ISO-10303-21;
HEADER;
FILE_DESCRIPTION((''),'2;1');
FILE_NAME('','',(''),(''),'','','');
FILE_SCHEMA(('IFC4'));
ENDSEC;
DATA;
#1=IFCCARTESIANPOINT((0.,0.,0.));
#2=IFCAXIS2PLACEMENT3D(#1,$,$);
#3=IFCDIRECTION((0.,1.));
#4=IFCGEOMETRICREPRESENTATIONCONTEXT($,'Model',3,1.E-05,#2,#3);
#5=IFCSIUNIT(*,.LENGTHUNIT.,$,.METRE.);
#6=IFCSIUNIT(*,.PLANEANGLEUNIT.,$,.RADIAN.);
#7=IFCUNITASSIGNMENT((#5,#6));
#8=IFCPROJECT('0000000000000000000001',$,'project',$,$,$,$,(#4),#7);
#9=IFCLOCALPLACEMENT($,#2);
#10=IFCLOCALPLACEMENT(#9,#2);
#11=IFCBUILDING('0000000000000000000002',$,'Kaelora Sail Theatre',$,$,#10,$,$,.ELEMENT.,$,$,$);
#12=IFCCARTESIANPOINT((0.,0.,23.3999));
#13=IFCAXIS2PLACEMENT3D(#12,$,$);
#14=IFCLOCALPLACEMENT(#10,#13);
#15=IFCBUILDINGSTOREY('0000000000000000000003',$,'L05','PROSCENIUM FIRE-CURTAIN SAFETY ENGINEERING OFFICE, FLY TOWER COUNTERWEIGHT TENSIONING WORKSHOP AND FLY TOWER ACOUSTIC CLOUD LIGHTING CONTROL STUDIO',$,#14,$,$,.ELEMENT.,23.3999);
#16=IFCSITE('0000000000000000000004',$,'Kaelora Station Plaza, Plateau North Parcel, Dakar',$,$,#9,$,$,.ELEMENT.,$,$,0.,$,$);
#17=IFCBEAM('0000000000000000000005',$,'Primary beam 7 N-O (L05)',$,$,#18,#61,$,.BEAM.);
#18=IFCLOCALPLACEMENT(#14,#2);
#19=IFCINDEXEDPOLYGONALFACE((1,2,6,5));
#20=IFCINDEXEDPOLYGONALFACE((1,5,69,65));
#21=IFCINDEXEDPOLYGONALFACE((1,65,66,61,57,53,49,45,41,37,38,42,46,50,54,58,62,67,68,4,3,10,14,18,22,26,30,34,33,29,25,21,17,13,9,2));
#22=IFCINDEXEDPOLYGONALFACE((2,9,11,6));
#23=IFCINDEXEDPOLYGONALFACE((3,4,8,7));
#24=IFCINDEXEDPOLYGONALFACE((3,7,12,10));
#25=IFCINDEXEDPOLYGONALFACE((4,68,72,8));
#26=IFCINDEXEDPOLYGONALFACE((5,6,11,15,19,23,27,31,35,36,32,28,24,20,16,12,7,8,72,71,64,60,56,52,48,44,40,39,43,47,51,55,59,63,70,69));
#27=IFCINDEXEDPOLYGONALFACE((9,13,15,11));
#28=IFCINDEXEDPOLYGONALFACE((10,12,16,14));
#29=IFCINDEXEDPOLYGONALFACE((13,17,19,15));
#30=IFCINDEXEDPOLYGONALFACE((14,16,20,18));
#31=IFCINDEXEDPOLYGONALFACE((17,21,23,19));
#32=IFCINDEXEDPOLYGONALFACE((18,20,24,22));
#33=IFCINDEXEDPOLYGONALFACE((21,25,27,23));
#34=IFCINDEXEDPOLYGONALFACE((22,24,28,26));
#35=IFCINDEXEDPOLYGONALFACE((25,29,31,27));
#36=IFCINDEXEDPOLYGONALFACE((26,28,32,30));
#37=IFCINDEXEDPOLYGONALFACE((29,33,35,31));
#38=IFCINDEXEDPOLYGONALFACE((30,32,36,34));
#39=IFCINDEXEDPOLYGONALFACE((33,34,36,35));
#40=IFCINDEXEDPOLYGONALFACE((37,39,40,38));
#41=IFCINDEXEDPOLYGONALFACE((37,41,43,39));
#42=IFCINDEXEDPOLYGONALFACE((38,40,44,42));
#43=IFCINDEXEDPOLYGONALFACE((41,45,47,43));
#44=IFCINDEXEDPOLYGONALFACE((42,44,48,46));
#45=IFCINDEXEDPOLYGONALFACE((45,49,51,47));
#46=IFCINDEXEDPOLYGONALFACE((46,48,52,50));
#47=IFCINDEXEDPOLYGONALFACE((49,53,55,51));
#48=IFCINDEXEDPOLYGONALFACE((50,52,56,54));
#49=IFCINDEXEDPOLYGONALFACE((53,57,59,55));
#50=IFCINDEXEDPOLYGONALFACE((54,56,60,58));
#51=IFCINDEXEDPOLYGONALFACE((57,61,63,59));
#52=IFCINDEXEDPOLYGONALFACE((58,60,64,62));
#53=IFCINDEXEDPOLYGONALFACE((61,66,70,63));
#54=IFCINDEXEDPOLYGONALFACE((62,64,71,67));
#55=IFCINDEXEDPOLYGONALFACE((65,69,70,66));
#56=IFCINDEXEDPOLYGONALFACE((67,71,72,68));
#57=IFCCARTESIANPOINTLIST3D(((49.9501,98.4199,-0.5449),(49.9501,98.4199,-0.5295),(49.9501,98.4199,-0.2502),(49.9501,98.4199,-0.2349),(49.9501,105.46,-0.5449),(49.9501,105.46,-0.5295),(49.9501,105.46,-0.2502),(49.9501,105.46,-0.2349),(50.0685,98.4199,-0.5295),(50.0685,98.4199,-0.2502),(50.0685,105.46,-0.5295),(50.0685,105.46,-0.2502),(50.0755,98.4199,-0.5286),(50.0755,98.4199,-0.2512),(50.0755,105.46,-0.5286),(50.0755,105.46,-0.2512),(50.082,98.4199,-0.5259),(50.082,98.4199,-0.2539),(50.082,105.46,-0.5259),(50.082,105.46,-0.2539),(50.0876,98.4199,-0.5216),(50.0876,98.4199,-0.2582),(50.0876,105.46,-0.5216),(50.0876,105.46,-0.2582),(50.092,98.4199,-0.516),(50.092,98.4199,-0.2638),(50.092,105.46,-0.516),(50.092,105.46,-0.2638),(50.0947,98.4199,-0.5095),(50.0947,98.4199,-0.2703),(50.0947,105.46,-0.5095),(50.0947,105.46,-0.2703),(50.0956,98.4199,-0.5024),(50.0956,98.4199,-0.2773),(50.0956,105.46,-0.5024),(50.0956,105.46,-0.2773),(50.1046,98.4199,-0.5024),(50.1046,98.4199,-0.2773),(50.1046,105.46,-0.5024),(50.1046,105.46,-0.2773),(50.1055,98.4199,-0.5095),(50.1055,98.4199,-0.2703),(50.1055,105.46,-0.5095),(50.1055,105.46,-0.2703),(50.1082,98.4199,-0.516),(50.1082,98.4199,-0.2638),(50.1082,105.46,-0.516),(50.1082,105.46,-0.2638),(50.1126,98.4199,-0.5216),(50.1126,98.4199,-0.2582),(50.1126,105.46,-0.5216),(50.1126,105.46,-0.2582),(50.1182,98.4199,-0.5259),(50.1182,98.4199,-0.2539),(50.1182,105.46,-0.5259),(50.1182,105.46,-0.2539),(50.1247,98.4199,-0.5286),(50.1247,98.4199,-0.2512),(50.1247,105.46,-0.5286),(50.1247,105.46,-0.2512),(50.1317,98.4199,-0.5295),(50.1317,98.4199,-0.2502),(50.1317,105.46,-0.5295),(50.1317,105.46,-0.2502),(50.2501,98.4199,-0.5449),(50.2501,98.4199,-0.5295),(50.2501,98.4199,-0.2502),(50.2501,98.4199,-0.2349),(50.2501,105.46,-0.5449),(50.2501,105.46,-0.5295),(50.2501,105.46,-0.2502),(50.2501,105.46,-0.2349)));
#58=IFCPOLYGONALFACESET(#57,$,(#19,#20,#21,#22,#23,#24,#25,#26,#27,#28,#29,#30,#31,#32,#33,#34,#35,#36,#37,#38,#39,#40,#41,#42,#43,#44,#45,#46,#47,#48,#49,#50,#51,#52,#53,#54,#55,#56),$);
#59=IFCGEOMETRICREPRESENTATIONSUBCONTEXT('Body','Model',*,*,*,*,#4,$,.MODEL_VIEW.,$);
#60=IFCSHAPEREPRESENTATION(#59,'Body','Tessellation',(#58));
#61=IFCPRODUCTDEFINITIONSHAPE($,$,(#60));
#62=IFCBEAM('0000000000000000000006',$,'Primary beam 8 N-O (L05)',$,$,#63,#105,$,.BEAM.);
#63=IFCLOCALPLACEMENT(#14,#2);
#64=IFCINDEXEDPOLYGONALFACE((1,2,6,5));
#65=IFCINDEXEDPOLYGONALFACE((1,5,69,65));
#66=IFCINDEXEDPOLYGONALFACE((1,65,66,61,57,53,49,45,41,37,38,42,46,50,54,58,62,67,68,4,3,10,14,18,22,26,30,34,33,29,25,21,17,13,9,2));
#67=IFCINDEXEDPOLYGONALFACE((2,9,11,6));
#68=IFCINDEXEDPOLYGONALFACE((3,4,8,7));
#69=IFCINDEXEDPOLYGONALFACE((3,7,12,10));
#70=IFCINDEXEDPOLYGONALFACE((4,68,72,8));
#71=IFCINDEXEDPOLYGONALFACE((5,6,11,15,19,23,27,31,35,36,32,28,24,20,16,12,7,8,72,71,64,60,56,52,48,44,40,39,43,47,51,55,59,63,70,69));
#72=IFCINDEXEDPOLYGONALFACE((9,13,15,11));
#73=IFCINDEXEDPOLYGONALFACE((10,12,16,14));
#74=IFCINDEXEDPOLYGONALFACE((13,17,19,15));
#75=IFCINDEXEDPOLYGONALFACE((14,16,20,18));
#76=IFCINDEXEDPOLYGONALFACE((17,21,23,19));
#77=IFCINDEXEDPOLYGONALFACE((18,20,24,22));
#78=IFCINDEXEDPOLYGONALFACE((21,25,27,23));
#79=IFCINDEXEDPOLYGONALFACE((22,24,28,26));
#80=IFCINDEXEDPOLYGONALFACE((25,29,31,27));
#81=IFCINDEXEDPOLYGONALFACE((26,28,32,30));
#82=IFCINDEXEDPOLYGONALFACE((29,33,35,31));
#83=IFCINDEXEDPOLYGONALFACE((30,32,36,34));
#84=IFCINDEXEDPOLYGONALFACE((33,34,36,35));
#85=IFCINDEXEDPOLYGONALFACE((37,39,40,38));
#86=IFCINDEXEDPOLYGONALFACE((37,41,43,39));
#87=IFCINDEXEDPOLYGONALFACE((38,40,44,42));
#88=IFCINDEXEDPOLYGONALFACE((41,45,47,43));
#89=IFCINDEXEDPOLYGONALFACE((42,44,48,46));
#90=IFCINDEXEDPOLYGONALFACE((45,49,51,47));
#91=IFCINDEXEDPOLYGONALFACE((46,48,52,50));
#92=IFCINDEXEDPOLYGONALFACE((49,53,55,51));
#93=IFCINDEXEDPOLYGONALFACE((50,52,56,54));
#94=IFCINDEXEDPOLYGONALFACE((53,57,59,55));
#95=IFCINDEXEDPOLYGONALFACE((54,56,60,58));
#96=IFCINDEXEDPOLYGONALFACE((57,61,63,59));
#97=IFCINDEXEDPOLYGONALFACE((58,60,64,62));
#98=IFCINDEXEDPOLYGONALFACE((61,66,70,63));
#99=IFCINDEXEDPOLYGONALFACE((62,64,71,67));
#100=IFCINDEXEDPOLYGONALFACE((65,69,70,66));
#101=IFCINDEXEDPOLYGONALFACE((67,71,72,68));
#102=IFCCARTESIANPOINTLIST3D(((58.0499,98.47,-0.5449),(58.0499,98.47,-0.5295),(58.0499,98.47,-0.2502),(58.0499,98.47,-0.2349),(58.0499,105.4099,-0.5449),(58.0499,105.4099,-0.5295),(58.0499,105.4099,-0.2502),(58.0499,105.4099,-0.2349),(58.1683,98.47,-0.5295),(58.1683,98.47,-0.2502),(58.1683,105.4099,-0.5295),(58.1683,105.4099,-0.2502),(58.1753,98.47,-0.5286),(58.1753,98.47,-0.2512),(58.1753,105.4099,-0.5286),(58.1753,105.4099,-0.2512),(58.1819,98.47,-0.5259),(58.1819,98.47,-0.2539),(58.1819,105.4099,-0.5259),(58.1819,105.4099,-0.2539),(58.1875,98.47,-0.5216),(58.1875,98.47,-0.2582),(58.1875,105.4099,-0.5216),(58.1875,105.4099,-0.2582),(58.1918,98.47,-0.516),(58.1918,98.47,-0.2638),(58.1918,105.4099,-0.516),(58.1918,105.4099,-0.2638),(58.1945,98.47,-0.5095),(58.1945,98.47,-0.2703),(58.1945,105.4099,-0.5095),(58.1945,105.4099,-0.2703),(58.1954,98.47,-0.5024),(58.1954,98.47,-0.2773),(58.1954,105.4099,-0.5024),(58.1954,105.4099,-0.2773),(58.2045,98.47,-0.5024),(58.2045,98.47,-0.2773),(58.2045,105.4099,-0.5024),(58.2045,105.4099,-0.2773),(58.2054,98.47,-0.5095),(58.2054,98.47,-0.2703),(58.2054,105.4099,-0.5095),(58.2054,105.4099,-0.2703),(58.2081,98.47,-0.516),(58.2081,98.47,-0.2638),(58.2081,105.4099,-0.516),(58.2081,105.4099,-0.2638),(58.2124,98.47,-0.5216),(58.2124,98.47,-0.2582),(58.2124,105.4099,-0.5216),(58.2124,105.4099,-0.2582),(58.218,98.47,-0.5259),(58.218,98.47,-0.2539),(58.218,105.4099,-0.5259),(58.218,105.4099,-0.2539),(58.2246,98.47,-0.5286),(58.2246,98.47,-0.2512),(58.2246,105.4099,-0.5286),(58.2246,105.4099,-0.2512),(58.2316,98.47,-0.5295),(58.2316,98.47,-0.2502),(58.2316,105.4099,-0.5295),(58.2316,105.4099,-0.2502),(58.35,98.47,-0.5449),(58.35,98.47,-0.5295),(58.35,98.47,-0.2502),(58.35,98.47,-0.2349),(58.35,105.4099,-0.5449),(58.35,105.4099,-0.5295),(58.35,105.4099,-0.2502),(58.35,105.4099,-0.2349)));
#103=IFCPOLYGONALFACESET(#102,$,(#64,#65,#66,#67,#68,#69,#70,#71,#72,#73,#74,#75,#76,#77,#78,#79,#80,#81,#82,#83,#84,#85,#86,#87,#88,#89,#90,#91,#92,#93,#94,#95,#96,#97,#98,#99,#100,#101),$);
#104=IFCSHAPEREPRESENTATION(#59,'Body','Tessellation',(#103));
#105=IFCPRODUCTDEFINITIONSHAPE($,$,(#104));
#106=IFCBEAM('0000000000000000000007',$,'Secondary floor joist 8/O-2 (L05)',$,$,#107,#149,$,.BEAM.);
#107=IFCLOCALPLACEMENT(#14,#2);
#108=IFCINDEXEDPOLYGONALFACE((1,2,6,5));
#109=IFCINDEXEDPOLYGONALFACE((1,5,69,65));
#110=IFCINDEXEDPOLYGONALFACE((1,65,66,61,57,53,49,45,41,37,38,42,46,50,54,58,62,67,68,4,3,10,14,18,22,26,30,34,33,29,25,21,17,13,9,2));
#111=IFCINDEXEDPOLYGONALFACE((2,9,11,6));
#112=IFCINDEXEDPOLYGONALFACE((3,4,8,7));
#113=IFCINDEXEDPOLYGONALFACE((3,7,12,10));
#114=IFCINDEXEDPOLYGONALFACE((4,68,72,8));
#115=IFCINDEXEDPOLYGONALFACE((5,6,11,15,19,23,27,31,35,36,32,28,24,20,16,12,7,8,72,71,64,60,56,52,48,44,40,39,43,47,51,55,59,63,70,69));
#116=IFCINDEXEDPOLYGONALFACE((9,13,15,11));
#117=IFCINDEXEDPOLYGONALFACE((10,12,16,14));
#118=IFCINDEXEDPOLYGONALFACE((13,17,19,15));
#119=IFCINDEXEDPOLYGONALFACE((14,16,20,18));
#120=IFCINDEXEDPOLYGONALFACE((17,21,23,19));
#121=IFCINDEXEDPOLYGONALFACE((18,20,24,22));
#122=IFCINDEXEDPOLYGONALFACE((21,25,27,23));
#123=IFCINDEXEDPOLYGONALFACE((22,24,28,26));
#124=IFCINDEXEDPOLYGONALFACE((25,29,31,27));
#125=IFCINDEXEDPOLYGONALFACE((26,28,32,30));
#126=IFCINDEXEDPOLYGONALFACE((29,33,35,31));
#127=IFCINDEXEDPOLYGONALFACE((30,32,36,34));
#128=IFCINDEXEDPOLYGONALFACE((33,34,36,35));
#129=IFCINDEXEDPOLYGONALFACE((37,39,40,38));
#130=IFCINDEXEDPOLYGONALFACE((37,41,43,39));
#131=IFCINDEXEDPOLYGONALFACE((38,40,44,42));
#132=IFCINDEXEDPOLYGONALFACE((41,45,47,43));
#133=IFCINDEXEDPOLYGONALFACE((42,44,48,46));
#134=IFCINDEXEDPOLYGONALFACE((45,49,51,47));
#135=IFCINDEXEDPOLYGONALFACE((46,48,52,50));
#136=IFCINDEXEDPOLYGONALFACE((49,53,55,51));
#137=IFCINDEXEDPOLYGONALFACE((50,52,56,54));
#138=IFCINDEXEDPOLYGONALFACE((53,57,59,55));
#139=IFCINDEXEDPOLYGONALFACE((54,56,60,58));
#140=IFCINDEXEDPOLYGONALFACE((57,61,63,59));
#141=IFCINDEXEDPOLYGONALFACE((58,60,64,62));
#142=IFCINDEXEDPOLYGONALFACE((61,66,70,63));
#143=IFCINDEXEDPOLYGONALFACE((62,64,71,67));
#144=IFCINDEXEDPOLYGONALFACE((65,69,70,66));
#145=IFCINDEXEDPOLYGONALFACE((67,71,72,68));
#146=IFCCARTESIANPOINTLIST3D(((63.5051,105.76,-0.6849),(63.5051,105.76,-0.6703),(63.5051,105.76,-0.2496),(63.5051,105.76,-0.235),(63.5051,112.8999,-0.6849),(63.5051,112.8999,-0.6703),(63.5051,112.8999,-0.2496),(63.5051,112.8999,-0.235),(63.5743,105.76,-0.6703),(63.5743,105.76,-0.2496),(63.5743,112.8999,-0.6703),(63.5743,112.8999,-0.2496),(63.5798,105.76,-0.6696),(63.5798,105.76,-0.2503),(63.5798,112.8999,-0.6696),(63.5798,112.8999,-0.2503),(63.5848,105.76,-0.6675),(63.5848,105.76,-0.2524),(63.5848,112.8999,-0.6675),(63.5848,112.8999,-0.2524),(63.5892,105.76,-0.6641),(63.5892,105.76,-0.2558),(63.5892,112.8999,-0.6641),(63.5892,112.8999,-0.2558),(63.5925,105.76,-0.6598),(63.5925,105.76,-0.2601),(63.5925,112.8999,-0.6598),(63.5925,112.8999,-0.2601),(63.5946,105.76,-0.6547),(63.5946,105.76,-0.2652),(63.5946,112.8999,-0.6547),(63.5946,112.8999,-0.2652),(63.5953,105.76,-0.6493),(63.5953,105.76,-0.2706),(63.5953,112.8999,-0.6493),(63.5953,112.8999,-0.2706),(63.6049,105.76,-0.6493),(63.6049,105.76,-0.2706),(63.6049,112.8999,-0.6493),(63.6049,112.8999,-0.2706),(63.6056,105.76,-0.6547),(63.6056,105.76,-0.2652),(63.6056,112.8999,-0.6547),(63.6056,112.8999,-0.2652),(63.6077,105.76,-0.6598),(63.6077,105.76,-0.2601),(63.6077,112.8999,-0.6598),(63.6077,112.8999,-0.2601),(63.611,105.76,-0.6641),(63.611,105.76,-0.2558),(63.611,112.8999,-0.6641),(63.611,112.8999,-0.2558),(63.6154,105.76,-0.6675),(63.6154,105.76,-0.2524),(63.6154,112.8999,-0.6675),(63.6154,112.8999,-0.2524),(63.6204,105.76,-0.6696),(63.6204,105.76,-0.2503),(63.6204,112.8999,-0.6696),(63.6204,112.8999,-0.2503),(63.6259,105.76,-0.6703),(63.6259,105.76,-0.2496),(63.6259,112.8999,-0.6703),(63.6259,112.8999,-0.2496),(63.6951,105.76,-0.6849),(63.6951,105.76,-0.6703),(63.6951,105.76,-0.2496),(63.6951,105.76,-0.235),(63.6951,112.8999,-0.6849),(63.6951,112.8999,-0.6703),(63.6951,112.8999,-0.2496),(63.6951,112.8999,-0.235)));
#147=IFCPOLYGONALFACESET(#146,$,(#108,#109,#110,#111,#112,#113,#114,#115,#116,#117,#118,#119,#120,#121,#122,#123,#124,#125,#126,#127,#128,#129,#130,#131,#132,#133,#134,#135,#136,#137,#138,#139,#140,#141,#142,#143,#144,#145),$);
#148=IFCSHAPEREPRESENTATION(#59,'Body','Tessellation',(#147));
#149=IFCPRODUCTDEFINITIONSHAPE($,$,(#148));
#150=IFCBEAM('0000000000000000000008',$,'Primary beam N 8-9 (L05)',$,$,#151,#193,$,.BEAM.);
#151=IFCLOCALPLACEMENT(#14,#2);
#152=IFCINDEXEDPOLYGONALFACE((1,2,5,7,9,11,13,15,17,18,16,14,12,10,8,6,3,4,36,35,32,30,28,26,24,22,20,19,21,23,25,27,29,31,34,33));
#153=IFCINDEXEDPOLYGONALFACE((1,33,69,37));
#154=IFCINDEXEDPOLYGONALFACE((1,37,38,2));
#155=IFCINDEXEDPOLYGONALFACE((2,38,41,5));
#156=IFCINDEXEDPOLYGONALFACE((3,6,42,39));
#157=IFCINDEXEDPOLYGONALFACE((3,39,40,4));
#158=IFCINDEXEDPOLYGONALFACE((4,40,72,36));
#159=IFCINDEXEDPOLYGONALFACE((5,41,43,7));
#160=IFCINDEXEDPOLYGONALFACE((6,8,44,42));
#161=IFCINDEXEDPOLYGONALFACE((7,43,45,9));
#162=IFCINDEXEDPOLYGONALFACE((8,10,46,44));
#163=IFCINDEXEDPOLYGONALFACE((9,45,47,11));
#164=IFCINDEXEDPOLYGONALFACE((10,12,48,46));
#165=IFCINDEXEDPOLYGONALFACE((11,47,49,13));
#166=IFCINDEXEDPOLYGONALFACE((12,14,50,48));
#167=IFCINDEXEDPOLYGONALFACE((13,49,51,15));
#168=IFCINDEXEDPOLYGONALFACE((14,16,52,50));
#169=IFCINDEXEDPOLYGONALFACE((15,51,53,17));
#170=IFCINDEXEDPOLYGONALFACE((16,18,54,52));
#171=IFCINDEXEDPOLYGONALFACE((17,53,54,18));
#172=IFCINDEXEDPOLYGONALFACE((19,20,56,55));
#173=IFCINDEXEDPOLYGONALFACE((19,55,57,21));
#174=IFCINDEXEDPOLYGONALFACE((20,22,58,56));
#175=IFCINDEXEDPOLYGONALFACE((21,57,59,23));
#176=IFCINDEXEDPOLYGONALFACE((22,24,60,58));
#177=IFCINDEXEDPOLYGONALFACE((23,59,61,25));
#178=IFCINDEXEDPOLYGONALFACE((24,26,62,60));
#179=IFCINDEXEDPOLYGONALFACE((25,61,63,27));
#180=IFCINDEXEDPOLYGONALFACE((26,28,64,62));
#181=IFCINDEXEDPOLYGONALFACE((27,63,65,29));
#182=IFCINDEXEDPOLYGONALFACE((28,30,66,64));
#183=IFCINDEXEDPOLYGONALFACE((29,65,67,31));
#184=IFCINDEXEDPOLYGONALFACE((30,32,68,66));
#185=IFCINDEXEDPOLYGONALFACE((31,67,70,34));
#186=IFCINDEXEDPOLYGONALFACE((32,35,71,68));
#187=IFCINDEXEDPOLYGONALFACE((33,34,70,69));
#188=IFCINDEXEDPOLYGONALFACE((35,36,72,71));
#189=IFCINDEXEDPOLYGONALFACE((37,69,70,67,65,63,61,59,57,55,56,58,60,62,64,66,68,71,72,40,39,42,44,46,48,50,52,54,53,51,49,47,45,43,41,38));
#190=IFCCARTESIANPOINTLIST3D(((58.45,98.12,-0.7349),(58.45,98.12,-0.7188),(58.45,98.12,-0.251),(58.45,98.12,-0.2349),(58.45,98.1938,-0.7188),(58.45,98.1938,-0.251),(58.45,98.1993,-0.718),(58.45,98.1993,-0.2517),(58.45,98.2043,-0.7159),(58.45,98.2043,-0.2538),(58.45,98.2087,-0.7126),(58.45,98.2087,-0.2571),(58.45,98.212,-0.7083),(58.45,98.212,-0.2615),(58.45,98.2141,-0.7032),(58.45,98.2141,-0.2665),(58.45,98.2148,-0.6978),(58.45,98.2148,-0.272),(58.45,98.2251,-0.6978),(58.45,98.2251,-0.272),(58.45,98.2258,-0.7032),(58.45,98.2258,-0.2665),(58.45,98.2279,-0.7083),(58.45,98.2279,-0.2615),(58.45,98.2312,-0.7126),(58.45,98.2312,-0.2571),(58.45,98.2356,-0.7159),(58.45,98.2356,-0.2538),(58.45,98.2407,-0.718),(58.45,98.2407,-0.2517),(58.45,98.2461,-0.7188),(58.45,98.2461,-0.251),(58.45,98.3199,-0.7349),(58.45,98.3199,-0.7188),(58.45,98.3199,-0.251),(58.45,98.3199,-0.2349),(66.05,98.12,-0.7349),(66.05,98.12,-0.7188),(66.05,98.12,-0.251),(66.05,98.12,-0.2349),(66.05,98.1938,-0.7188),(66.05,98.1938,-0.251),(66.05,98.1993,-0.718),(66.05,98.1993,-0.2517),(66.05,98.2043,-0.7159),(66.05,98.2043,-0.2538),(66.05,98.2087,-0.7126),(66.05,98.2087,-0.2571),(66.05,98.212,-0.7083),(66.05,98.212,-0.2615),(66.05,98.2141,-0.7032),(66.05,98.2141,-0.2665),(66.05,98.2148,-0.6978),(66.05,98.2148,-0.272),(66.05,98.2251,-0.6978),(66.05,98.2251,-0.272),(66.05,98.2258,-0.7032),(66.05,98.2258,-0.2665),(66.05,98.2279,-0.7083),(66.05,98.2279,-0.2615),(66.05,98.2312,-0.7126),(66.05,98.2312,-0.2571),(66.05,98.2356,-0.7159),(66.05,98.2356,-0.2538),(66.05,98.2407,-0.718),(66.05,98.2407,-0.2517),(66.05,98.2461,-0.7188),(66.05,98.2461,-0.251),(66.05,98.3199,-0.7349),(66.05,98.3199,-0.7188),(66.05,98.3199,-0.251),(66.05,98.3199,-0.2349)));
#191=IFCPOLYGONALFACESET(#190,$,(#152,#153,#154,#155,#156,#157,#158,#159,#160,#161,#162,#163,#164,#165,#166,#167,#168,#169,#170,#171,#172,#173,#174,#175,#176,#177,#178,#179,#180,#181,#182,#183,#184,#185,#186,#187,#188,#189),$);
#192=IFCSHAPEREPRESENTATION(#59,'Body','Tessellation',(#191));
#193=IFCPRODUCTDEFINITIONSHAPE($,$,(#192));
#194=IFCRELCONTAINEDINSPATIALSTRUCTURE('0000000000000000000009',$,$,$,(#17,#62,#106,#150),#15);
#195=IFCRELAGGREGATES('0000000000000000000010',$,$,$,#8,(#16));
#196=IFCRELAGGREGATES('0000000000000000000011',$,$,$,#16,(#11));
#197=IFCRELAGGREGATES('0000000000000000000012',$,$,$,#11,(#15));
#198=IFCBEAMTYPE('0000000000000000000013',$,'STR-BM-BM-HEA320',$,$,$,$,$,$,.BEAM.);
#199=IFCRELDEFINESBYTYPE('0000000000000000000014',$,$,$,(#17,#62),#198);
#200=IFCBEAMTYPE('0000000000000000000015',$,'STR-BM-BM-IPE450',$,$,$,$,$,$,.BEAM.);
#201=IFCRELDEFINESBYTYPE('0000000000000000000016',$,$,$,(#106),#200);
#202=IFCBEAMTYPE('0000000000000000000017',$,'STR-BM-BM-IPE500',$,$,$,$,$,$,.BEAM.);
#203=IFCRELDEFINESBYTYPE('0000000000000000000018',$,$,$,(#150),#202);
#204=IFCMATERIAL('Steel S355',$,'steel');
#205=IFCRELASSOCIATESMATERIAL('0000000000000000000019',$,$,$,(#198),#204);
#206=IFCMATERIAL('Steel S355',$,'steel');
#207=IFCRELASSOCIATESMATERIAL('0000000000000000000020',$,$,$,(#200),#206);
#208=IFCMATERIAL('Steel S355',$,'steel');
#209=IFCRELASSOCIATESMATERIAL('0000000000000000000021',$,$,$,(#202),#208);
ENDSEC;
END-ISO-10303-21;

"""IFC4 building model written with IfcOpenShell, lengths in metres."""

from ifc_helpers import new_model, si_unit, direction, frame, origin, origin_2d, place, context, subcontext, project, spatial, i_section, extrude, material, material_profile, profile_set, type_object, element, save


model = new_model("IFC4")

# Units and contexts
model_context = context("Model", 3, precision=1e-05, world=origin(), true_north=direction((0.0, 1.0)))
body_context = subcontext(model_context, "Body", "Model", "MODEL_VIEW")
ifc_project = project(units=[si_unit("LENGTHUNIT", "METRE"), si_unit("PLANEANGLEUNIT", "RADIAN")], contexts=[model_context])

# Site, building, storey
site_placement = place(None, origin())
site = spatial("IfcSite", under=ifc_project, at=site_placement, Name="Kaelora Station Plaza, Plateau North Parcel, Dakar", CompositionType="ELEMENT", RefElevation=0.0)
building_placement = place(site_placement, origin())
building = spatial("IfcBuilding", under=site, at=building_placement, Name="Kaelora Sail Theatre", CompositionType="ELEMENT")
storey_placement = place(building_placement, frame((0.0, 0.0, 23.3999)))
storey = spatial("IfcBuildingStorey", under=building, at=storey_placement, Name="L05", Description="PROSCENIUM FIRE-CURTAIN SAFETY ENGINEERING OFFICE, FLY TOWER COUNTERWEIGHT TENSIONING WORKSHOP AND FLY TOWER ACOUSTIC CLOUD LIGHTING CONTROL STUDIO", CompositionType="ELEMENT", Elevation=23.3999)

# Beams
ifc_material_1 = material(Name="Steel S355", Category="steel")
ifc_material_profile_1 = material_profile(ifc_material_1, i_section(OverallWidth=0.3, OverallDepth=0.3101, WebThickness=0.009, FlangeThickness=0.0154, FilletRadius=0.0271, at=origin_2d()), Name="HEA 320")
ifc_profile_set_1 = profile_set([ifc_material_profile_1], Name="Steel S355")
beam_type_1 = type_object("IfcBeamType", Name="STR-BM-BM-HEA320", PredefinedType="BEAM", material=ifc_profile_set_1)
beam_1_placement = place(storey_placement, frame((50.1001, 98.4199, -0.3899), z_axis=(0.0, 1.0, 0.0), x_axis=(-1.0, 0.0, 0.0)))
element("IfcBeam", 1, at=beam_1_placement, inside=storey, type_object=beam_type_1, Name="Primary beam 7 N-O (L05)", PredefinedType="BEAM", context=body_context, shape_type="SweptSolid", body=[
    extrude(i_section(OverallWidth=0.3, OverallDepth=0.3101, WebThickness=0.009, FlangeThickness=0.0154, FilletRadius=0.0271, at=origin_2d()), origin(), (0.0, 0.0, 1.0), 7.04),
])
beam_2_placement = place(storey_placement, frame((58.2, 98.47, -0.3899), z_axis=(0.0, 1.0, 0.0), x_axis=(-1.0, 0.0, 0.0)))
element("IfcBeam", 2, at=beam_2_placement, inside=storey, type_object=beam_type_1, Name="Primary beam 8 N-O (L05)", PredefinedType="BEAM", context=body_context, shape_type="SweptSolid", body=[
    extrude(i_section(OverallWidth=0.3, OverallDepth=0.3101, WebThickness=0.009, FlangeThickness=0.0154, FilletRadius=0.0271, at=origin_2d()), origin(), (0.0, 0.0, 1.0), 6.9399),
])
ifc_material_2 = material(Name="Steel S355", Category="steel")
ifc_material_profile_2 = material_profile(ifc_material_2, i_section(OverallWidth=0.1899, OverallDepth=0.45, WebThickness=0.0095, FlangeThickness=0.0146, FilletRadius=0.021, at=origin_2d()), Name="IPE 450")
ifc_profile_set_2 = profile_set([ifc_material_profile_2], Name="Steel S355")
beam_type_2 = type_object("IfcBeamType", Name="STR-BM-BM-IPE450", PredefinedType="BEAM", material=ifc_profile_set_2)
beam_3_placement = place(storey_placement, frame((63.6001, 105.76, -0.46), z_axis=(0.0, 1.0, 0.0), x_axis=(-1.0, 0.0, 0.0)))
element("IfcBeam", 3, at=beam_3_placement, inside=storey, type_object=beam_type_2, Name="Secondary floor joist 8/O-2 (L05)", PredefinedType="BEAM", context=body_context, shape_type="SweptSolid", body=[
    extrude(i_section(OverallWidth=0.1899, OverallDepth=0.45, WebThickness=0.0095, FlangeThickness=0.0146, FilletRadius=0.021, at=origin_2d()), origin(), (0.0, 0.0, 1.0), 7.1399),
])
ifc_material_3 = material(Name="Steel S355", Category="steel")
ifc_material_profile_3 = material_profile(ifc_material_3, i_section(OverallWidth=0.2, OverallDepth=0.5, WebThickness=0.0103, FlangeThickness=0.0161, FilletRadius=0.021, at=origin_2d()), Name="IPE 500")
ifc_profile_set_3 = profile_set([ifc_material_profile_3], Name="Steel S355")
beam_type_3 = type_object("IfcBeamType", Name="STR-BM-BM-IPE500", PredefinedType="BEAM", material=ifc_profile_set_3)
for number, where, z_axis, x_axis, name in (
    (4, (58.45, 98.22, -0.4849), (1.0, 0.0, 0.0), (0.0, 1.0, 0.0), "Primary beam N 8-9 (L05)"),
):
    element("IfcBeam", number, at=place(storey_placement, frame(where, z_axis=z_axis, x_axis=x_axis)), inside=storey, type_object=beam_type_3, Name=name, PredefinedType="BEAM", context=body_context, shape_type="SweptSolid", body=[
        extrude(i_section(OverallWidth=0.2, OverallDepth=0.5, WebThickness=0.0103, FlangeThickness=0.0161, FilletRadius=0.021, at=origin_2d()), origin(), (0.0, 0.0, 1.0), 7.6001),
    ])

save(model, "model.ifc")
